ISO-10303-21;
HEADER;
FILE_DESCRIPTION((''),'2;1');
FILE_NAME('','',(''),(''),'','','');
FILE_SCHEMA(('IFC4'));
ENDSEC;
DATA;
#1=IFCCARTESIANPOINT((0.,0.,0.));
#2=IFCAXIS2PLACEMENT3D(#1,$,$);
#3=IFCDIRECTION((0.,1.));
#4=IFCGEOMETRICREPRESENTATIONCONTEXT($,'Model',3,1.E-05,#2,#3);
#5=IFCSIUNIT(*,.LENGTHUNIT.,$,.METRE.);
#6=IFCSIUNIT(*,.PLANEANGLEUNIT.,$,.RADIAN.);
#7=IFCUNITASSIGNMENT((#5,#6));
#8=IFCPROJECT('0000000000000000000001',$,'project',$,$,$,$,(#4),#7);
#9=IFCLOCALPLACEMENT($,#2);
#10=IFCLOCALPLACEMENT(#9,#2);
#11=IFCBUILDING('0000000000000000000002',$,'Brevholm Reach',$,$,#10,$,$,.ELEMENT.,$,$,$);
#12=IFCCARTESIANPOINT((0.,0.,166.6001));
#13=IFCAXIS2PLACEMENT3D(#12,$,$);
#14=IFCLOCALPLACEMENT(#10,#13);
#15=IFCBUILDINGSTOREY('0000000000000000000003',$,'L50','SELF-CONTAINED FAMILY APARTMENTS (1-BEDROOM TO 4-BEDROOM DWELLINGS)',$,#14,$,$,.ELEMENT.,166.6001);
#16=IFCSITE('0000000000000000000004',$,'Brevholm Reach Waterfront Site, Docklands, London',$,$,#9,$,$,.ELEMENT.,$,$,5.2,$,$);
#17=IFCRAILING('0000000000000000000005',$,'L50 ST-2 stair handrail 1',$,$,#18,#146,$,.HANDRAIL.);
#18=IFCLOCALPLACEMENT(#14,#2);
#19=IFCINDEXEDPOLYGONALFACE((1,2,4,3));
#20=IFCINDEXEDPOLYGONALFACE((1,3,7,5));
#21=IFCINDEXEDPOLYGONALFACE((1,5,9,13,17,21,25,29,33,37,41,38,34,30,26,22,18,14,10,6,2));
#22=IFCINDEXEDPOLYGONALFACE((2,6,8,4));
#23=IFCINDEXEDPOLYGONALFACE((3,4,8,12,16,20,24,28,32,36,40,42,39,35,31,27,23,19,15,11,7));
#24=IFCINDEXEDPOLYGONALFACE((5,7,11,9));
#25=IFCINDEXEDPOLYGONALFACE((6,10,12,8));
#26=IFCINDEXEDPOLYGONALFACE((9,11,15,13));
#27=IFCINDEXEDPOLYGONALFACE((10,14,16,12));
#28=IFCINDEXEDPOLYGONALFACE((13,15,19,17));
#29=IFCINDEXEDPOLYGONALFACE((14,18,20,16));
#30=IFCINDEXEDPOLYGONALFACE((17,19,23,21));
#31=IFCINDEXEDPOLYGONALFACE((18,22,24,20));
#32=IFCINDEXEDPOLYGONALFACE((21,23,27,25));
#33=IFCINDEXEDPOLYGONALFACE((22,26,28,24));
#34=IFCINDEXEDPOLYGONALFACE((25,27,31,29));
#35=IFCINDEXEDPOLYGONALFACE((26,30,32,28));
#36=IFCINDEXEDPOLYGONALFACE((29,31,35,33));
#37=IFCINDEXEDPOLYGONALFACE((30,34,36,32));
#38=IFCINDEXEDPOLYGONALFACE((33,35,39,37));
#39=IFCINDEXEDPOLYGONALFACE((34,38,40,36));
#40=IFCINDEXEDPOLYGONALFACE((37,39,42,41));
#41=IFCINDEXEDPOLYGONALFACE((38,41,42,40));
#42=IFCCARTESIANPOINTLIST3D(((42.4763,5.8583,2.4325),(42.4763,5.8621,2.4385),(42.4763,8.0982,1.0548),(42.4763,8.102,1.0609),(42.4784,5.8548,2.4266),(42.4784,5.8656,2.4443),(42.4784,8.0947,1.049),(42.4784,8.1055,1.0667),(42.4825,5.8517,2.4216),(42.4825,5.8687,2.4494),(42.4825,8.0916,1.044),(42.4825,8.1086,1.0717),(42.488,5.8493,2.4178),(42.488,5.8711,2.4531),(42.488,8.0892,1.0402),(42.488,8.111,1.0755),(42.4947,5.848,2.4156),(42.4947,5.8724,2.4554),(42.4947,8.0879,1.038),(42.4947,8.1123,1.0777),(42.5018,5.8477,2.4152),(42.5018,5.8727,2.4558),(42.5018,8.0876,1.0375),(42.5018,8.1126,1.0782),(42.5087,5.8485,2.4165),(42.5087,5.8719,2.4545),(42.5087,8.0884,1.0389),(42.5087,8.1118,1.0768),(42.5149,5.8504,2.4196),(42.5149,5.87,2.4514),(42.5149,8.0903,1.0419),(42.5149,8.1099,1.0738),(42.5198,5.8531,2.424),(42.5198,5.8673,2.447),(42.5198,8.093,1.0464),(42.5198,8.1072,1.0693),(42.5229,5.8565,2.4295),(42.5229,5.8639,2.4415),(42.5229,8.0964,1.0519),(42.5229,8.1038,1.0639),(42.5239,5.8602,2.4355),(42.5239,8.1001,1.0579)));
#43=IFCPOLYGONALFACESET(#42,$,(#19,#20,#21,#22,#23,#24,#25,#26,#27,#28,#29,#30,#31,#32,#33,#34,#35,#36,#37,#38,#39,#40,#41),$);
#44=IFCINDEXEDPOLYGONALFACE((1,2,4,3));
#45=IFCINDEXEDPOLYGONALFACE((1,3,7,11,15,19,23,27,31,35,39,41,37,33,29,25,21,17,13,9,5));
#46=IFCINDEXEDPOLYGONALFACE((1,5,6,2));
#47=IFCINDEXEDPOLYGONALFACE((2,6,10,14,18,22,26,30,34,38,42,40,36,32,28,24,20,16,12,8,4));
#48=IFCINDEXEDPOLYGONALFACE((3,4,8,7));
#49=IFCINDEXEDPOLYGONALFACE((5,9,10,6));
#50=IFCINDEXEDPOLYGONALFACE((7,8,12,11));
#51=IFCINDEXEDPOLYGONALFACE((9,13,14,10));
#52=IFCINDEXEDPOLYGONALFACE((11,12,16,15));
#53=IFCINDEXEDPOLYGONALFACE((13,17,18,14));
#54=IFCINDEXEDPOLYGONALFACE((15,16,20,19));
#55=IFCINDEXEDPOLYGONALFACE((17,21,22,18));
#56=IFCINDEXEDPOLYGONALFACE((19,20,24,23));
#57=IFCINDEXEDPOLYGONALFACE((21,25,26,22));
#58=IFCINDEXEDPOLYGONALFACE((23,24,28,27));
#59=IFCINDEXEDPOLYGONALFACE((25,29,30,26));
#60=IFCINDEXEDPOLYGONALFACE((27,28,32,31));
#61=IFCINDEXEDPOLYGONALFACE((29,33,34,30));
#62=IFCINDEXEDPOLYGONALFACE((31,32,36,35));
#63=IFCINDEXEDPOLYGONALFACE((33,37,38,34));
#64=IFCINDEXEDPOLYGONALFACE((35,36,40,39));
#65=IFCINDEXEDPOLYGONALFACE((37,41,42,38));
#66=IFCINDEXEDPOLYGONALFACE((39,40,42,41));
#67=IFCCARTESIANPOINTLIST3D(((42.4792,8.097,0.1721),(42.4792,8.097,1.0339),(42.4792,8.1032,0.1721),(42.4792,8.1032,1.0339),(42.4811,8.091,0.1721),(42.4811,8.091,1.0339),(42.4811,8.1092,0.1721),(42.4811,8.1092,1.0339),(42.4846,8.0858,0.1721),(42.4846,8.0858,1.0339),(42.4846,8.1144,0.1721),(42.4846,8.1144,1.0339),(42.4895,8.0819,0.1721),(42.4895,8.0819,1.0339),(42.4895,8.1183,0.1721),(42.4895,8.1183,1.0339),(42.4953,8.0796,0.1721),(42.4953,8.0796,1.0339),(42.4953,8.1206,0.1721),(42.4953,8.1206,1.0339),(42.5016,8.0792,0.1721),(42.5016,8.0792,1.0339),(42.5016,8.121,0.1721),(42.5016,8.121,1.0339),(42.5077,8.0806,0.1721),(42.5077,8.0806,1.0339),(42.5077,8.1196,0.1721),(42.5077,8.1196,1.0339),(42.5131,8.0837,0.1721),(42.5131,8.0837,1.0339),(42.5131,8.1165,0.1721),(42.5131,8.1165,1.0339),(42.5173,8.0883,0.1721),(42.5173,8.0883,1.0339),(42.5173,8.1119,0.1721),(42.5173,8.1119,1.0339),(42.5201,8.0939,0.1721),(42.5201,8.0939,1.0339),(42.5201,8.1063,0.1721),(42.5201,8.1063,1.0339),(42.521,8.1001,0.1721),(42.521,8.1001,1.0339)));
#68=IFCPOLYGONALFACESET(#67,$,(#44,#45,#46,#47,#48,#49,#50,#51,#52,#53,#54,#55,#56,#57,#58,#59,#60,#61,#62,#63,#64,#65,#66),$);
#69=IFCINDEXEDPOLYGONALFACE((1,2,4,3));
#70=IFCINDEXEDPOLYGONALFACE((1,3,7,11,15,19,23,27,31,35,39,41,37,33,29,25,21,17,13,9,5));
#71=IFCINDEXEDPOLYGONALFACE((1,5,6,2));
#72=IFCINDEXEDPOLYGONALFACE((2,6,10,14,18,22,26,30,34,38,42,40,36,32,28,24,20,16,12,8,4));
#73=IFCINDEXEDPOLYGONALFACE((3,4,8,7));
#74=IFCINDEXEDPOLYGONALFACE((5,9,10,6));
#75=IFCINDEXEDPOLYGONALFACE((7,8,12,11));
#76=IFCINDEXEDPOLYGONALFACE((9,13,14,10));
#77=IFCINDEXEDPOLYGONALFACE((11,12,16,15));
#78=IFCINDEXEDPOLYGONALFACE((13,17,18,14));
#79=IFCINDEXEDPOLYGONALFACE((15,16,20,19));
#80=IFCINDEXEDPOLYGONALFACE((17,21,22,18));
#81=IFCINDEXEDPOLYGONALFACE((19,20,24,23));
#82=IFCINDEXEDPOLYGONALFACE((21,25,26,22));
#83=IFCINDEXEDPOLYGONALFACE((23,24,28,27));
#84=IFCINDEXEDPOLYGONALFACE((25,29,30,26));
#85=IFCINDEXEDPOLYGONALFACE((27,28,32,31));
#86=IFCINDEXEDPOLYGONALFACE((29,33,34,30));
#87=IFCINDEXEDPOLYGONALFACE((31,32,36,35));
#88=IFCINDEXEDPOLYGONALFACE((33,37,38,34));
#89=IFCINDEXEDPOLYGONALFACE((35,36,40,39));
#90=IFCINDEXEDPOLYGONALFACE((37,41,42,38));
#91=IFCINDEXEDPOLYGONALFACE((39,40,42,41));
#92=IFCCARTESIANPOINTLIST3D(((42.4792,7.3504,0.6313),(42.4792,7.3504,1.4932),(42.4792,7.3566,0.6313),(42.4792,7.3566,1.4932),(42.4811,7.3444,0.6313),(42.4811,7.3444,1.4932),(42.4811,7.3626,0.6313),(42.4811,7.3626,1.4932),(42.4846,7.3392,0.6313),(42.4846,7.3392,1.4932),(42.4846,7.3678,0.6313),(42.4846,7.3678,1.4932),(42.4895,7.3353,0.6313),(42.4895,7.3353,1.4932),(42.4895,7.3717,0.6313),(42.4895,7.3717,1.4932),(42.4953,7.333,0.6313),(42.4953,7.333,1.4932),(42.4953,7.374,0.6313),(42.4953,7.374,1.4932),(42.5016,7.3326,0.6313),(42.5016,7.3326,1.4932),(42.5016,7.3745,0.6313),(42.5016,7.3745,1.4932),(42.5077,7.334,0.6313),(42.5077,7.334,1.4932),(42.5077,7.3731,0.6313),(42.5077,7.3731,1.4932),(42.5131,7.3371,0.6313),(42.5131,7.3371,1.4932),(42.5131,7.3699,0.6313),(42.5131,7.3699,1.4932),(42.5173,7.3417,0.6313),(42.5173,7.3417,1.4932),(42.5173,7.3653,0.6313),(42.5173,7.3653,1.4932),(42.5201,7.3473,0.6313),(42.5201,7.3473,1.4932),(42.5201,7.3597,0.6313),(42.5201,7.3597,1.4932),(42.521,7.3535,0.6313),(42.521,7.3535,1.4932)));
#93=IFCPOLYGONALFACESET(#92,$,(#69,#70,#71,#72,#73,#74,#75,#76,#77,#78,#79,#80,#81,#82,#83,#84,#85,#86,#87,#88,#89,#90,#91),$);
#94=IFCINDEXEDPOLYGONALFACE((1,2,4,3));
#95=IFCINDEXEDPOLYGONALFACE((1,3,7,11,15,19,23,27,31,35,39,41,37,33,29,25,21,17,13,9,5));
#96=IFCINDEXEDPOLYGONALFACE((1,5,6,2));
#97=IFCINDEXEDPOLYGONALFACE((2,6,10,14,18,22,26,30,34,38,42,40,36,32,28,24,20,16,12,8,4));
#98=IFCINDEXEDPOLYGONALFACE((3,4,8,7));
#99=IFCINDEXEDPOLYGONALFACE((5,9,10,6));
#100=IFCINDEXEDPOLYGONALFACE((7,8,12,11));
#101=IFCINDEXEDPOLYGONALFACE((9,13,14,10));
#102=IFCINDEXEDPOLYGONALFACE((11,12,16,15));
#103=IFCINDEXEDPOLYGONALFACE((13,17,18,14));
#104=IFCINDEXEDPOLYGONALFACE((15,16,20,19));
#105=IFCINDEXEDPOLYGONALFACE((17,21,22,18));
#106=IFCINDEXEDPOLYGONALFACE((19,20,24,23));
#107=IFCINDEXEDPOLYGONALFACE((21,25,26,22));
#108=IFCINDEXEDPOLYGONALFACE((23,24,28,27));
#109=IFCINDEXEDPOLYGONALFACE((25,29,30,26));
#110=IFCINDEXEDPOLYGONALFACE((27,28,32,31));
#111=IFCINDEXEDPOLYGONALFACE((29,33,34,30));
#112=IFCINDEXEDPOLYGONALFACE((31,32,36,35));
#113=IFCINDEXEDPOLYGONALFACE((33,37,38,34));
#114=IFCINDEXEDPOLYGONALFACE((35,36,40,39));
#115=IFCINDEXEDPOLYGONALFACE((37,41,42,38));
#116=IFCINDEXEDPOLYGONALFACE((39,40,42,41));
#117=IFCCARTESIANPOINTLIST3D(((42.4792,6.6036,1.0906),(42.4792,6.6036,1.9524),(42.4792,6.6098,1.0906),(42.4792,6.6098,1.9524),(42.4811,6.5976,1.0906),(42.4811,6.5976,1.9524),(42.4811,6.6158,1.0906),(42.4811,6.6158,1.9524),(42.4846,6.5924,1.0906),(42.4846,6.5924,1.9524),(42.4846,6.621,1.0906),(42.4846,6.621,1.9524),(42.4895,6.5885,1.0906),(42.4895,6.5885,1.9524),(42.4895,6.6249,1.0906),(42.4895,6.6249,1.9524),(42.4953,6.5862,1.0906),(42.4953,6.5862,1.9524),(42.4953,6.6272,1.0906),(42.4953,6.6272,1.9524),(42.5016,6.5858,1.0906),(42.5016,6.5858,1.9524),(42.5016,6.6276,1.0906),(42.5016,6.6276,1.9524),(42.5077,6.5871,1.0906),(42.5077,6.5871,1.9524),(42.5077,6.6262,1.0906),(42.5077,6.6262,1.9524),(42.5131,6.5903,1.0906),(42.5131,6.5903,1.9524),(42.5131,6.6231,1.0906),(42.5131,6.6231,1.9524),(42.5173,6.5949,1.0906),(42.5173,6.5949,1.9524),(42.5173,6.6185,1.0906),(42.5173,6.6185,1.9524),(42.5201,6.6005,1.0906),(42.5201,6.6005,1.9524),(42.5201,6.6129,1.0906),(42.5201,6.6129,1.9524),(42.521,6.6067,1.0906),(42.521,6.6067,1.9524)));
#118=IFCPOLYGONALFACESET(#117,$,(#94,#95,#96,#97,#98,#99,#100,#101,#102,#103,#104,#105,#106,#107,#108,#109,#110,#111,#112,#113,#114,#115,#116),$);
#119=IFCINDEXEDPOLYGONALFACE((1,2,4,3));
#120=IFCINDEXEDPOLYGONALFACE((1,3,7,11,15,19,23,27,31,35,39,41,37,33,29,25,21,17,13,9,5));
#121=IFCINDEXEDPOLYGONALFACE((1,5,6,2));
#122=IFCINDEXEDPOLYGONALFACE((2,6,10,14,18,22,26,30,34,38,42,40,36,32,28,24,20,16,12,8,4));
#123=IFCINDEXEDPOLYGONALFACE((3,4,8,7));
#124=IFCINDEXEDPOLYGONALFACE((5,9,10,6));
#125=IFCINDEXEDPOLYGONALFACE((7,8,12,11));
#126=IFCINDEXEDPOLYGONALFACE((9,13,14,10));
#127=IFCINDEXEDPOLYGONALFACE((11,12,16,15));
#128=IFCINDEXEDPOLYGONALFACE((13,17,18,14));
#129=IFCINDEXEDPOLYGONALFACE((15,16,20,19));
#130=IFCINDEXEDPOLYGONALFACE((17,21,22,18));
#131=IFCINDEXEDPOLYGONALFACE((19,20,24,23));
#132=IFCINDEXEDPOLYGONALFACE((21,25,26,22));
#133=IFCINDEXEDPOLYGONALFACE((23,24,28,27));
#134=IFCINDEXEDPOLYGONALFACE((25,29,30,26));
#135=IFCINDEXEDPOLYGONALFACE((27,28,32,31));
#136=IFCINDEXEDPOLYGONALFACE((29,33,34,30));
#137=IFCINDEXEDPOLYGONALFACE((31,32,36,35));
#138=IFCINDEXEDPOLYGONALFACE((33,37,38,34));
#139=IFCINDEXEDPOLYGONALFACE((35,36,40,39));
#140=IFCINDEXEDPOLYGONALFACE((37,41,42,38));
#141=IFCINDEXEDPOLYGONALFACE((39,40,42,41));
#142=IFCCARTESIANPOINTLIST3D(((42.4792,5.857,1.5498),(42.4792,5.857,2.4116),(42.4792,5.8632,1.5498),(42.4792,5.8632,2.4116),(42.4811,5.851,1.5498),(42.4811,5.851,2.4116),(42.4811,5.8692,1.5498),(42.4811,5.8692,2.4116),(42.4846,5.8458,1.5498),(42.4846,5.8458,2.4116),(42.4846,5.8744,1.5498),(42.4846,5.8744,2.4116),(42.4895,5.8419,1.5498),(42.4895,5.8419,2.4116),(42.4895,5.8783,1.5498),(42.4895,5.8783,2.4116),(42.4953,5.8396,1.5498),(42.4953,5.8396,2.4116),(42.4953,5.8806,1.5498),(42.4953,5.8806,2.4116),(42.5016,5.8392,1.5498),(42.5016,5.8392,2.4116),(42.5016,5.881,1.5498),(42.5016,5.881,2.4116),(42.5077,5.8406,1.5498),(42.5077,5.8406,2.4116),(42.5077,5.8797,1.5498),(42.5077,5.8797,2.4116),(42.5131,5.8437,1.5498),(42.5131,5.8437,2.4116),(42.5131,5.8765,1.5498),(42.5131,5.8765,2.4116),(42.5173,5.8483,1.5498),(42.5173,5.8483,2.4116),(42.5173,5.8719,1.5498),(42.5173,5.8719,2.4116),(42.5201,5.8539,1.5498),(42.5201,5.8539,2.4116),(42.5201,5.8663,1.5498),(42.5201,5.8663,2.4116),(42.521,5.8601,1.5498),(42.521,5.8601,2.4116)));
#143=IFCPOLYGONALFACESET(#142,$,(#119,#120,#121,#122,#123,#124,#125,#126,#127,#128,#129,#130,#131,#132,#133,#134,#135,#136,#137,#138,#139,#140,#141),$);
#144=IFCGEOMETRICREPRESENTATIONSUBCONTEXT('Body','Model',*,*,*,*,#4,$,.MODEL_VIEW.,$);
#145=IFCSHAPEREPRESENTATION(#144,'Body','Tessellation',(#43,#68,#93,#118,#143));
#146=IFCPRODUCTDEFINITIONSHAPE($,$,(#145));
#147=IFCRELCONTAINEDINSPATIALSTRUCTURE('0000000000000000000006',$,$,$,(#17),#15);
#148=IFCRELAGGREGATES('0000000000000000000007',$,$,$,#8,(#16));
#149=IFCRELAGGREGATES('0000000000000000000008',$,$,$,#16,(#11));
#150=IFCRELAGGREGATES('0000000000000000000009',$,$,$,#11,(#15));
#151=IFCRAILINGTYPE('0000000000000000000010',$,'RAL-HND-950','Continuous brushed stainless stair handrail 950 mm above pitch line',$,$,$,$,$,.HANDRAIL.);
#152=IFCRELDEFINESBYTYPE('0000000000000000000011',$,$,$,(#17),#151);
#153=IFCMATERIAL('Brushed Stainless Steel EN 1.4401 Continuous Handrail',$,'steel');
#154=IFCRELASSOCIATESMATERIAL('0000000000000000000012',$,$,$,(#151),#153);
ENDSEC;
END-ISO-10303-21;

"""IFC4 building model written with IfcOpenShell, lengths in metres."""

from ifc_helpers import new_model, si_unit, direction, frame, origin, origin_2d, place, context, subcontext, project, spatial, circle, extrude, material, type_object, element, save


model = new_model("IFC4")

# Units and contexts
model_context = context("Model", 3, precision=1e-05, world=origin(), true_north=direction((0.0, 1.0)))
body_context = subcontext(model_context, "Body", "Model", "MODEL_VIEW")
ifc_project = project(units=[si_unit("LENGTHUNIT", "METRE"), si_unit("PLANEANGLEUNIT", "RADIAN")], contexts=[model_context])

# Site, building, storey
site_placement = place(None, origin())
site = spatial("IfcSite", under=ifc_project, at=site_placement, Name="Brevholm Reach Waterfront Site, Docklands, London", CompositionType="ELEMENT", RefElevation=5.2)
building_placement = place(site_placement, origin())
building = spatial("IfcBuilding", under=site, at=building_placement, Name="Brevholm Reach", CompositionType="ELEMENT")
storey_placement = place(building_placement, frame((0.0, 0.0, 166.6001)))
storey = spatial("IfcBuildingStorey", under=building, at=storey_placement, Name="L50", Description="SELF-CONTAINED FAMILY APARTMENTS (1-BEDROOM TO 4-BEDROOM DWELLINGS)", CompositionType="ELEMENT", Elevation=166.6001)

# Railing
ifc_material_1 = material(Name="Brushed Stainless Steel EN 1.4401 Continuous Handrail", Category="steel")
railing_type_1 = type_object("IfcRailingType", Name="RAL-HND-950", Description="Continuous brushed stainless stair handrail 950 mm above pitch line", PredefinedType="HANDRAIL", material=ifc_material_1)
railing_1_placement = place(storey_placement, frame((42.5, 8.1001, 0.1721)))
element("IfcRailing", 1, at=railing_1_placement, inside=storey, type_object=railing_type_1, Name="L50 ST-2 stair handrail 1", PredefinedType="HANDRAIL", context=body_context, shape_type="SweptSolid", body=[
    extrude(circle(Radius=0.0239, at=origin_2d()), frame((0.0, 0.0, 0.8857), z_axis=(0.0, -0.851789, 0.523885), x_axis=(1.0, 0.0, 0.0)), (0.0, 0.0, 1.0), 2.6296),
    extrude(circle(Radius=0.021, at=origin_2d()), origin(), (0.0, 0.0, 1.0), 0.8618),
    extrude(circle(Radius=0.021, at=origin_2d()), frame((0.0, -0.7466, 0.4592)), (0.0, 0.0, 1.0), 0.8618),
    extrude(circle(Radius=0.021, at=origin_2d()), frame((0.0, -1.4934, 0.9185)), (0.0, 0.0, 1.0), 0.8618),
    extrude(circle(Radius=0.021, at=origin_2d()), frame((0.0, -2.24, 1.3777)), (0.0, 0.0, 1.0), 0.8618),
])

save(model, "model.ifc")
